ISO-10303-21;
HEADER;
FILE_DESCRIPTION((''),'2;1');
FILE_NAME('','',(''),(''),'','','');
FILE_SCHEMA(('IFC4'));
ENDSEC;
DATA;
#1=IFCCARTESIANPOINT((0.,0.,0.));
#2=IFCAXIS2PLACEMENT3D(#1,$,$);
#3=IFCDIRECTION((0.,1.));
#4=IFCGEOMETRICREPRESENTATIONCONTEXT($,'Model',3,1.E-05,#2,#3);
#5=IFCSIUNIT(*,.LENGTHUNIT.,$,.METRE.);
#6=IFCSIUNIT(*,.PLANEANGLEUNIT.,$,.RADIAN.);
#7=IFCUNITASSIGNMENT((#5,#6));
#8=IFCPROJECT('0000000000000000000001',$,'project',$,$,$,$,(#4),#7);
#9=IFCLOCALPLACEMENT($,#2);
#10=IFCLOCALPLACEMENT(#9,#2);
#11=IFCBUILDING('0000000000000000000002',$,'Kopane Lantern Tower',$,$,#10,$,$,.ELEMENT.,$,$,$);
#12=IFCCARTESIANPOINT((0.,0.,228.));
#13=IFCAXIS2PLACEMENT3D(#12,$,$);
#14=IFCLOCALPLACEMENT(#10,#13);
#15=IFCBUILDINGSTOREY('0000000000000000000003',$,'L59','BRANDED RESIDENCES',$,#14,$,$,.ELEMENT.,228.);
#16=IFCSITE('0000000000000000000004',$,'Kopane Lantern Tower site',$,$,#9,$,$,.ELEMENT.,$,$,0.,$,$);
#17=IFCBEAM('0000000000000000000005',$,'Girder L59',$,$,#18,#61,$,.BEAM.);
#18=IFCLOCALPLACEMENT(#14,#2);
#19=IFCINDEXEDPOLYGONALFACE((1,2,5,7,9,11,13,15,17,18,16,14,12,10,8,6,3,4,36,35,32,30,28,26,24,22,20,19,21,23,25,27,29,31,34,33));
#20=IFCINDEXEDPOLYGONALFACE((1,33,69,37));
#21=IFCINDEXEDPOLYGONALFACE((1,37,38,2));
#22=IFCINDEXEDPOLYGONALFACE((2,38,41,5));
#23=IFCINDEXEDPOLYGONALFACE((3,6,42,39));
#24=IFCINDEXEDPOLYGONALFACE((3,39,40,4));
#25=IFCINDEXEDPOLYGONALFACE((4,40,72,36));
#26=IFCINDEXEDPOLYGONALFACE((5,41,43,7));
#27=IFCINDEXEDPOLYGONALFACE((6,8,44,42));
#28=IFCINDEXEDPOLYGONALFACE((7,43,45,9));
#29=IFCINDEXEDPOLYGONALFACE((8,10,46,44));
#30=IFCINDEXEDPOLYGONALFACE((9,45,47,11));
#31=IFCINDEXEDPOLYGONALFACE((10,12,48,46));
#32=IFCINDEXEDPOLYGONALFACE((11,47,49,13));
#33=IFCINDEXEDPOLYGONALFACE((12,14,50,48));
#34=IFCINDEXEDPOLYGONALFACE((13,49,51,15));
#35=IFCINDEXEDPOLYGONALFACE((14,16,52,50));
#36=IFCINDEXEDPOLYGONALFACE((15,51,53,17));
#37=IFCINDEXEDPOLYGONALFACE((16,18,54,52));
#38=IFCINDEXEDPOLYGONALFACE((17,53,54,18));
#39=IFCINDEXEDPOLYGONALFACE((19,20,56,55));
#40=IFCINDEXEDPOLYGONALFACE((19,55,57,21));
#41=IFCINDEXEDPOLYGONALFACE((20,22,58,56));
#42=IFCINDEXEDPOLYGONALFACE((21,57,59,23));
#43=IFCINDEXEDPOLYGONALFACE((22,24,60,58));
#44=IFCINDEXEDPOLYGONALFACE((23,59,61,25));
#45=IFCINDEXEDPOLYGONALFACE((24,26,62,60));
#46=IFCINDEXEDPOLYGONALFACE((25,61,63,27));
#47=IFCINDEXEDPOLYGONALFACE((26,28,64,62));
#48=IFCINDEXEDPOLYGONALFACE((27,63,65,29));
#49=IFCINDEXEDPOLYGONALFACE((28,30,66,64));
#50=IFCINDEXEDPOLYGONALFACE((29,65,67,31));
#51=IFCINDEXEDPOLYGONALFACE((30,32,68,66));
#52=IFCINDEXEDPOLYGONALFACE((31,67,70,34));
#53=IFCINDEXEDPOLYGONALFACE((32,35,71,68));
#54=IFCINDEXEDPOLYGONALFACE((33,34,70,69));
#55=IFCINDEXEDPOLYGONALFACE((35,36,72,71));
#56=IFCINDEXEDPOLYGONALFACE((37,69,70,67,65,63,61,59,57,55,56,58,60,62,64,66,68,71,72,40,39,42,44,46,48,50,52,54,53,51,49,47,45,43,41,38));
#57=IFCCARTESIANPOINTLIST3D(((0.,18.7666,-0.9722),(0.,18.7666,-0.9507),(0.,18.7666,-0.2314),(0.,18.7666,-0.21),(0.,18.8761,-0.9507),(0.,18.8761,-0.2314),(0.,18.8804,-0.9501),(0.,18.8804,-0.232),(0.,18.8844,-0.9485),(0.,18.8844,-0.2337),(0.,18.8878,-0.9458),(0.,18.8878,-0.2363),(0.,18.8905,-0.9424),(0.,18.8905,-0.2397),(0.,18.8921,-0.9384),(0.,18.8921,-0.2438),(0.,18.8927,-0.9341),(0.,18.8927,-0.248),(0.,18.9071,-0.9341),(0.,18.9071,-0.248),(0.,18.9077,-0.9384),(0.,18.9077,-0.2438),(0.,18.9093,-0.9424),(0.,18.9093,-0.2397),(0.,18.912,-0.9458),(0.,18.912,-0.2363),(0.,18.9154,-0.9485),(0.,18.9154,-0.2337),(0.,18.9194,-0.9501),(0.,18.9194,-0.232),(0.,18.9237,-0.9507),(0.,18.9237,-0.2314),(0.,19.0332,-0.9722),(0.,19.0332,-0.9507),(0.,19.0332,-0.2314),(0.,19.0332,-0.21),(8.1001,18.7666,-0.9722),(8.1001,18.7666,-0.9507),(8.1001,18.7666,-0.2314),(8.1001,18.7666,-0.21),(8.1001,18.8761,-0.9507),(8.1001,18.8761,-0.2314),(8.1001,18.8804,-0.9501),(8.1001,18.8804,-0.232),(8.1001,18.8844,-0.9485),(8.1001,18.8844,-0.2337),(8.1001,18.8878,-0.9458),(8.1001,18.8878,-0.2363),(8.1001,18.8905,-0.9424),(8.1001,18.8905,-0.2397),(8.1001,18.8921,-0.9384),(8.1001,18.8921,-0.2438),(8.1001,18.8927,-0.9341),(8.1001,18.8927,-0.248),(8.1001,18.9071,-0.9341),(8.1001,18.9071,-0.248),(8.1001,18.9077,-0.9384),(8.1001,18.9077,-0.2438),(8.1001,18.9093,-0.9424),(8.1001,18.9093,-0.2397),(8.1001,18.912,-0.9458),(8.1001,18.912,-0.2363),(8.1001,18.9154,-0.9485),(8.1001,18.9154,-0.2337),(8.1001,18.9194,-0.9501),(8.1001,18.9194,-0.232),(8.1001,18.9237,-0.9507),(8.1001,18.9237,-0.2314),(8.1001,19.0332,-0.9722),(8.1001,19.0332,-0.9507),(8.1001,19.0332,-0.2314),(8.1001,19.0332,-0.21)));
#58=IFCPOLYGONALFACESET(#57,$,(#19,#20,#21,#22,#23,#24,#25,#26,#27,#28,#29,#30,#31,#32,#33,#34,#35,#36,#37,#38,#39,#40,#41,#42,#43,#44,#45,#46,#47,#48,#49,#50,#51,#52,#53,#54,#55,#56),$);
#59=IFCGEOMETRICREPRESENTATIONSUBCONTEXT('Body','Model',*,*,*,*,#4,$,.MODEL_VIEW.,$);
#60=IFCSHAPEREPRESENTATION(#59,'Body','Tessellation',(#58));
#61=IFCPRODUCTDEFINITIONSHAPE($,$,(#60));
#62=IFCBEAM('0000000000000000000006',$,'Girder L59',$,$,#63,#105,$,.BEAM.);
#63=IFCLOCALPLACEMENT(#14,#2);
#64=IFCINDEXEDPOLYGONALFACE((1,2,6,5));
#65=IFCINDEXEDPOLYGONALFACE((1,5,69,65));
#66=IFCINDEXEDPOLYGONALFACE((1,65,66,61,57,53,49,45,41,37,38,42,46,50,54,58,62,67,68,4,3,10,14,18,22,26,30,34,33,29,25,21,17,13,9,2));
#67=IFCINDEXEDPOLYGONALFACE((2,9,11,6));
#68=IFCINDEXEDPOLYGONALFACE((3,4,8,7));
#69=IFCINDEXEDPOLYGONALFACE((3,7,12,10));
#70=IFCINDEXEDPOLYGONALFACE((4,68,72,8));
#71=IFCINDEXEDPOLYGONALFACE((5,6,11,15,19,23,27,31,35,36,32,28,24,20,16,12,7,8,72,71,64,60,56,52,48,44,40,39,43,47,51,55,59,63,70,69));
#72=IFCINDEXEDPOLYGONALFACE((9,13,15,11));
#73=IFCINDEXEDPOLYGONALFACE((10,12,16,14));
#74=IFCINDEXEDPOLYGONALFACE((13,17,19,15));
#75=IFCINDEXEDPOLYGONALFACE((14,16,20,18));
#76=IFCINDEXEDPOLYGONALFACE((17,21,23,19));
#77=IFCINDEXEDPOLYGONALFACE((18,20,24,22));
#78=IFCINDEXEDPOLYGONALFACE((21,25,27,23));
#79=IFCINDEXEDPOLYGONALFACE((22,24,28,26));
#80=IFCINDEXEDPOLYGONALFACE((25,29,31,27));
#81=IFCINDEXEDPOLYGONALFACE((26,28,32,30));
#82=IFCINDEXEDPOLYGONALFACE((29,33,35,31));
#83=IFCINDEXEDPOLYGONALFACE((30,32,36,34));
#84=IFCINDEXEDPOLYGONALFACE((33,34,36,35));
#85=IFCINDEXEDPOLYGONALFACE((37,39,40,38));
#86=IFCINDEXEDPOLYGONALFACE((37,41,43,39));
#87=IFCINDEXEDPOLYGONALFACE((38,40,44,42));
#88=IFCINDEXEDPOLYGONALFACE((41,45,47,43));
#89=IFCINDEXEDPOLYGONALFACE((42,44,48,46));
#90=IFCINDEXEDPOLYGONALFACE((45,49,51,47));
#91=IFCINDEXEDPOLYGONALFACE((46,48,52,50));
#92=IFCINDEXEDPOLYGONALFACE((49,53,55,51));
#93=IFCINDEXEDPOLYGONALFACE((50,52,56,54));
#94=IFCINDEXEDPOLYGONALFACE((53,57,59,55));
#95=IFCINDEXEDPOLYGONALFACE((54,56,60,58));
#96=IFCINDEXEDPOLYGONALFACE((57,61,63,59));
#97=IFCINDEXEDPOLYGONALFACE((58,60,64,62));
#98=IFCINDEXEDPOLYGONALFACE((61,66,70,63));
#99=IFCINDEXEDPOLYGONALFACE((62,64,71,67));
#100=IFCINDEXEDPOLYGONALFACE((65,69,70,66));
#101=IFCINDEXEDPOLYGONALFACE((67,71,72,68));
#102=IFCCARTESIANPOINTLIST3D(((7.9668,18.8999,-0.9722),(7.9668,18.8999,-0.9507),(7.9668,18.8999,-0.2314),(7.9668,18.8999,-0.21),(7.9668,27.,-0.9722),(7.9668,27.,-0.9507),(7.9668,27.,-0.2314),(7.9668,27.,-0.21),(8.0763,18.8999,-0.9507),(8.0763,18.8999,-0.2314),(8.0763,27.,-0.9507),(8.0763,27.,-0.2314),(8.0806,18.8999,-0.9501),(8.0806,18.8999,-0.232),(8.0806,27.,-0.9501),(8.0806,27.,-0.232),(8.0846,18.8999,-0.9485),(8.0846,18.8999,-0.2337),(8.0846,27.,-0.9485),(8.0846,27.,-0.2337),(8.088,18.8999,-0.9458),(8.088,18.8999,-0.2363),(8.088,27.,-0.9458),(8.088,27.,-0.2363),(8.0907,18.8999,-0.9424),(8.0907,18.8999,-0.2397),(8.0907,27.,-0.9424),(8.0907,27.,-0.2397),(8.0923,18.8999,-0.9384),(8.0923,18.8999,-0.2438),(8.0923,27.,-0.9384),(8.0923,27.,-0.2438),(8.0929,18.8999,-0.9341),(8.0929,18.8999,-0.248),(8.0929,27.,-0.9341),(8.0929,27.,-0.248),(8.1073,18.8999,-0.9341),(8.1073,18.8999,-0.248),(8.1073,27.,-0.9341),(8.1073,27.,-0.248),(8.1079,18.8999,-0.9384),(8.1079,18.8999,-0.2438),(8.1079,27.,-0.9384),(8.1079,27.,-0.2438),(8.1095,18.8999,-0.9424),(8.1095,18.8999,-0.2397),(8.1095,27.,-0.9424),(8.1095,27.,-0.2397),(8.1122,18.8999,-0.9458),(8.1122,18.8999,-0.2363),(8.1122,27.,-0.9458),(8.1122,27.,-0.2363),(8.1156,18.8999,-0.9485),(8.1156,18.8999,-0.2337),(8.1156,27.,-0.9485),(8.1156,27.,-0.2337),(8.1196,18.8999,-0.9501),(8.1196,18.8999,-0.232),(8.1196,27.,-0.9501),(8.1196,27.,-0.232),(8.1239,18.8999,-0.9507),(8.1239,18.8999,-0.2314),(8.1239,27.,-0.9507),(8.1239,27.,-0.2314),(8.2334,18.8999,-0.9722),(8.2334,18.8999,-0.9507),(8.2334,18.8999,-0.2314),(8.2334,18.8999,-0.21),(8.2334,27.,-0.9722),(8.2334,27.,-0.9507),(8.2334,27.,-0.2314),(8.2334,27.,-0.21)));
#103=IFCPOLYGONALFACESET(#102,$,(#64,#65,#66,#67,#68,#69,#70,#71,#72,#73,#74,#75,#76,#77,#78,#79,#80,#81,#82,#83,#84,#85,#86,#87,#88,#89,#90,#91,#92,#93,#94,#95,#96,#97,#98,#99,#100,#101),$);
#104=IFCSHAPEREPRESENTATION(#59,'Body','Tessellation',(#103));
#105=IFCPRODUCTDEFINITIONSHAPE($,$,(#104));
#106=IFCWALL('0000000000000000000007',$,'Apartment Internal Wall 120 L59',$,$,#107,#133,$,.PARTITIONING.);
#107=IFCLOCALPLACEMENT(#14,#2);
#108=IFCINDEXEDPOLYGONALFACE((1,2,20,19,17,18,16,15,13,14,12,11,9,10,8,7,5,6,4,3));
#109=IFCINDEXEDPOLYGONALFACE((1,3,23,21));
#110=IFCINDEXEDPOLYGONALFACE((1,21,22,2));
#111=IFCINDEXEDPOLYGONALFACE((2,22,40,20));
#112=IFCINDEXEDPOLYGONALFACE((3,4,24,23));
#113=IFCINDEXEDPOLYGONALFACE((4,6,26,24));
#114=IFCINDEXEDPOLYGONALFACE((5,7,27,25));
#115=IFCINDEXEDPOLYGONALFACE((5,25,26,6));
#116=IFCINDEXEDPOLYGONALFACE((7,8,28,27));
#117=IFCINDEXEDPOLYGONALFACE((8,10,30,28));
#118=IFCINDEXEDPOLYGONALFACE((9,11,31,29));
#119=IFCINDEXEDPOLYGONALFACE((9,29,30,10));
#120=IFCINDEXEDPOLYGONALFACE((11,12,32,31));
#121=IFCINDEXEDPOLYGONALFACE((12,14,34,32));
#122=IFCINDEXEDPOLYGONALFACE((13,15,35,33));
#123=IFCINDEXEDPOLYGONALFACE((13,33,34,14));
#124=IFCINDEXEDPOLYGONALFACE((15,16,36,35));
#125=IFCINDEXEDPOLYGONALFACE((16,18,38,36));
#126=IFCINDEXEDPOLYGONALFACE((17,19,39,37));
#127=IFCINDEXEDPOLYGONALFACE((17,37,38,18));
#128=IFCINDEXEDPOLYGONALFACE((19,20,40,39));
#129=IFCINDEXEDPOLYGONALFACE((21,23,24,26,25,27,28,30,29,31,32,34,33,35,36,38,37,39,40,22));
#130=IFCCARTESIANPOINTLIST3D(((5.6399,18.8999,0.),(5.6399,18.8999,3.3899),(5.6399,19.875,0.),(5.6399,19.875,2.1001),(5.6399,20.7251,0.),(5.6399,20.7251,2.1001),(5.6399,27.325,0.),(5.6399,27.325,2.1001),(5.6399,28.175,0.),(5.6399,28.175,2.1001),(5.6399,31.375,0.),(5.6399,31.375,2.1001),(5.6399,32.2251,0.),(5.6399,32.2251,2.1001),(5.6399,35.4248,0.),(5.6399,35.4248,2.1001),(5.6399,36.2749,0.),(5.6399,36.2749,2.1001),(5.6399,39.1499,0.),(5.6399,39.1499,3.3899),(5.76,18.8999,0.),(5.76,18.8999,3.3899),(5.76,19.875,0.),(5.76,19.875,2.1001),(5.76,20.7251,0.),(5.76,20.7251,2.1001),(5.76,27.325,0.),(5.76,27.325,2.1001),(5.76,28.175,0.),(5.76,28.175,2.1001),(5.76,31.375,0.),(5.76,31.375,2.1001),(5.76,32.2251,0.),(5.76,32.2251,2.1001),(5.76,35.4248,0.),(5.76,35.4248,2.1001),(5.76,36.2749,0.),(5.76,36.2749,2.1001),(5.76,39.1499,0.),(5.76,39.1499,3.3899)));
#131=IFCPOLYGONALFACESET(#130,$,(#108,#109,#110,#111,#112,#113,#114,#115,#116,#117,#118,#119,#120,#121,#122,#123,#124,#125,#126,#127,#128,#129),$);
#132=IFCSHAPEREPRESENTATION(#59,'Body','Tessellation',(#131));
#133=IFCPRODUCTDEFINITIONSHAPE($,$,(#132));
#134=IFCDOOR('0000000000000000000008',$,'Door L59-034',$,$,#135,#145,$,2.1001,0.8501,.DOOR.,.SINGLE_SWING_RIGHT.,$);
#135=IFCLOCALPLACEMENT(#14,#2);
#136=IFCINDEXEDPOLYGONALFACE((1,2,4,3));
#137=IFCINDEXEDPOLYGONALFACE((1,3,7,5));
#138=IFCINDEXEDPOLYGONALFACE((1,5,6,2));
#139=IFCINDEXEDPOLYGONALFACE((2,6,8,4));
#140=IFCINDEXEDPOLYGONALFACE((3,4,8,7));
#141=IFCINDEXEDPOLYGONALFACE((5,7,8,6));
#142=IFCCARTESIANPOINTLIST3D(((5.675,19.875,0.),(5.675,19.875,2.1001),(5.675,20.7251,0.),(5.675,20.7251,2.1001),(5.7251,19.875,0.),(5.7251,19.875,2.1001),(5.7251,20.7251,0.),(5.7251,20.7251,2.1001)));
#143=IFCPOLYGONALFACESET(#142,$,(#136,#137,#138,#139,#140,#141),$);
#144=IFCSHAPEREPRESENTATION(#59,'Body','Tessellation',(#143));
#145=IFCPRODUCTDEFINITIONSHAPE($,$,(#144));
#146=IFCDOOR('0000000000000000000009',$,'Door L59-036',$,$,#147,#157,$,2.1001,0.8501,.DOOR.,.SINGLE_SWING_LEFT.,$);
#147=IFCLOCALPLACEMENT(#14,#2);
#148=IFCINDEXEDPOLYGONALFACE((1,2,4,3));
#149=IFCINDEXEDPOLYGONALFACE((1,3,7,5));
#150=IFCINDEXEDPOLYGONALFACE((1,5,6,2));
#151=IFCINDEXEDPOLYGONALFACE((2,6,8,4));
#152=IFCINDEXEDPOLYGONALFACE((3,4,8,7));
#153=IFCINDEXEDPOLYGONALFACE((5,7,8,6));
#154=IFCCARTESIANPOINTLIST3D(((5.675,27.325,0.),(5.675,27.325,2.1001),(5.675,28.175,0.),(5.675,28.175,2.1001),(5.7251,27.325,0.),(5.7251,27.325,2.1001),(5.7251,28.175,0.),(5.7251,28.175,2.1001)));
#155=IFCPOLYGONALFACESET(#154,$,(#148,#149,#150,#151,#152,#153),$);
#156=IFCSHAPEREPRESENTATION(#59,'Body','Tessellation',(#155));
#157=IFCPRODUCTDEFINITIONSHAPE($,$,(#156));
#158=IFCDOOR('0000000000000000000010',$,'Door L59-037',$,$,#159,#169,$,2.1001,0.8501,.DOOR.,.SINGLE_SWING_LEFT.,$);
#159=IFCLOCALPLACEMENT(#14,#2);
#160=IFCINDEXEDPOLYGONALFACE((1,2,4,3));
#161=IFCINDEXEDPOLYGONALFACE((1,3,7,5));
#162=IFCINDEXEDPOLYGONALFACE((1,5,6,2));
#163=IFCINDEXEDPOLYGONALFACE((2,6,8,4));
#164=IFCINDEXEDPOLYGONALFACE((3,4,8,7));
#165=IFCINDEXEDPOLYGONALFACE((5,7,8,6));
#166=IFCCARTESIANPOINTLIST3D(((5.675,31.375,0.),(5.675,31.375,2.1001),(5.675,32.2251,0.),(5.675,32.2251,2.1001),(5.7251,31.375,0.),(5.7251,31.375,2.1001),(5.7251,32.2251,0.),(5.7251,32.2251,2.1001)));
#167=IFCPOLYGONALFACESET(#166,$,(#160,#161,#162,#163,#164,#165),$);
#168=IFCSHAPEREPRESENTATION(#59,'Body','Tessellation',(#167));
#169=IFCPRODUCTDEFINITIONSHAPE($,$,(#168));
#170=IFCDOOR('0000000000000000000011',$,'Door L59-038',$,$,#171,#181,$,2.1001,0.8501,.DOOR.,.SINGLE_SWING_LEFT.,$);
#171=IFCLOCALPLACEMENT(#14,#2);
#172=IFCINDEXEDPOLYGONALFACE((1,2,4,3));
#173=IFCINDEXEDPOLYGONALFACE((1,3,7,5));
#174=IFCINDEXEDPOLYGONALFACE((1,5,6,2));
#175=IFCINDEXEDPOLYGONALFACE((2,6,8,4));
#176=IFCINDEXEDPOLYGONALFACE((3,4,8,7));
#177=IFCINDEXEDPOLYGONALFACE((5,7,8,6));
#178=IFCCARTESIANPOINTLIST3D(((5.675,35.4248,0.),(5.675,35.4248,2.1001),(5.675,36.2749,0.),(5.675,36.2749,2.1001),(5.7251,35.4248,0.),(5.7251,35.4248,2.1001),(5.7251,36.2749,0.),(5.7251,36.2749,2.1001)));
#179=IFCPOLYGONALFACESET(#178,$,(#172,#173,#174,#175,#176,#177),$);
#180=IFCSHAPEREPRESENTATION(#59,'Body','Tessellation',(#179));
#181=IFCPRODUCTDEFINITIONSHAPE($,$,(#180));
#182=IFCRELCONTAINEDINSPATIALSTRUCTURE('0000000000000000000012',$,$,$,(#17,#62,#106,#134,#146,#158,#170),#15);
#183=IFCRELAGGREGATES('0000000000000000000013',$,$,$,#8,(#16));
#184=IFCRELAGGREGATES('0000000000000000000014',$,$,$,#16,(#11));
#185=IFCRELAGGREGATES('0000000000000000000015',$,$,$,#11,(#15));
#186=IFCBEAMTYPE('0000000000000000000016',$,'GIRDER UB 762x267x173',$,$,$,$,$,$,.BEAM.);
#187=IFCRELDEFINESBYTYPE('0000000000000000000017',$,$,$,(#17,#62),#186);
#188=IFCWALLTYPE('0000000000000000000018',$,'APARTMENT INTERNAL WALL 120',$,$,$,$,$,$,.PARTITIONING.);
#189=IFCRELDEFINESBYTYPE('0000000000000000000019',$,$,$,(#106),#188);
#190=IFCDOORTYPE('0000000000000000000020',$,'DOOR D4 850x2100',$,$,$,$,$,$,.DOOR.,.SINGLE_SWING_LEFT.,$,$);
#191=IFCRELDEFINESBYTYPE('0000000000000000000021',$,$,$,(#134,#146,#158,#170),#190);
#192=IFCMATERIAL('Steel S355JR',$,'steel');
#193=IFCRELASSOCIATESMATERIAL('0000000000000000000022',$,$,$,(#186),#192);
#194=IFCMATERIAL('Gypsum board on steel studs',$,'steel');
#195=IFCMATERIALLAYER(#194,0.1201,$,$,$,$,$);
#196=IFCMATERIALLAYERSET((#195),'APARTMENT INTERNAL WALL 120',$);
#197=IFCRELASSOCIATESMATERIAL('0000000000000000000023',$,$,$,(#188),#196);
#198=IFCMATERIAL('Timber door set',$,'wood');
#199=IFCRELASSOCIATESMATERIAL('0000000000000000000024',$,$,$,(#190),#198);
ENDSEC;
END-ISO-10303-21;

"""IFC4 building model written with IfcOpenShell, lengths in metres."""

from ifc_helpers import new_model, si_unit, direction, frame, frame_2d, origin, origin_2d, place, context, subcontext, project, spatial, rectangle, i_section, extrude, material, layer, layer_set, material_profile, profile_set, type_object, element, fill, save


model = new_model("IFC4")

# Units and contexts
model_context = context("Model", 3, precision=1e-05, world=origin(), true_north=direction((0.0, 1.0)))
body_context = subcontext(model_context, "Body", "Model", "MODEL_VIEW")
ifc_project = project(units=[si_unit("LENGTHUNIT", "METRE"), si_unit("PLANEANGLEUNIT", "RADIAN")], contexts=[model_context])

# Site, building, storey
site_placement = place(None, origin())
site = spatial("IfcSite", under=ifc_project, at=site_placement, Name="Kopane Lantern Tower site", CompositionType="ELEMENT", RefElevation=0.0)
building_placement = place(site_placement, origin())
building = spatial("IfcBuilding", under=site, at=building_placement, Name="Kopane Lantern Tower", CompositionType="ELEMENT")
storey_placement = place(building_placement, frame((0.0, 0.0, 228.0)))
storey = spatial("IfcBuildingStorey", under=building, at=storey_placement, Name="L59", Description="BRANDED RESIDENCES", CompositionType="ELEMENT", Elevation=228.0)

# Beams
ifc_material_1 = material(Name="Steel S355JR", Category="steel")
ifc_material_profile_1 = material_profile(ifc_material_1, i_section(OverallWidth=0.2666, OverallDepth=0.7622, WebThickness=0.0144, FlangeThickness=0.0215, FilletRadius=0.0166, at=origin_2d()), Name="UB 762x267x173")
ifc_profile_set_1 = profile_set([ifc_material_profile_1], Name="Steel S355JR")
beam_type_1 = type_object("IfcBeamType", Name="GIRDER UB 762x267x173", PredefinedType="BEAM", material=ifc_profile_set_1)
for number, where, z_axis, x_axis, name in (
    (1, (0.0, 18.8999, -0.5911), (1.0, 0.0, 0.0), (0.0, 1.0, 0.0), "Girder L59"),
    (2, (8.1001, 18.8999, -0.5911), (0.0, 1.0, 0.0), (-1.0, 0.0, 0.0), "Girder L59"),
):
    element("IfcBeam", number, at=place(storey_placement, frame(where, z_axis=z_axis, x_axis=x_axis)), inside=storey, type_object=beam_type_1, Name=name, PredefinedType="BEAM", context=body_context, shape_type="SweptSolid", body=[
        extrude(i_section(OverallWidth=0.2666, OverallDepth=0.7622, WebThickness=0.0144, FlangeThickness=0.0215, FilletRadius=0.0166, at=origin_2d()), origin(), (0.0, 0.0, 1.0), 8.1001),
    ])

# Wall, openings, doors
ifc_material_2 = material(Name="Gypsum board on steel studs", Category="steel")
ifc_layer_1 = layer(ifc_material_2, 0.1201)
ifc_layer_set_1 = layer_set([ifc_layer_1], Name="APARTMENT INTERNAL WALL 120")
wall_type_1 = type_object("IfcWallType", Name="APARTMENT INTERNAL WALL 120", PredefinedType="PARTITIONING", material=ifc_layer_set_1)
wall_1_placement = place(storey_placement, frame((5.7, 18.8999, 0.0), z_axis=(0.0, 0.0, 1.0), x_axis=(0.0, 1.0, 0.0)))
wall_1 = element("IfcWall", 3, at=wall_1_placement, inside=storey, type_object=wall_type_1, Name="Apartment Internal Wall 120 L59", PredefinedType="PARTITIONING", context=body_context, shape_type="SweptSolid", body=[
    extrude(rectangle(XDim=20.25, YDim=0.1201, at=frame_2d((10.125, 0.0))), origin(), (0.0, 0.0, 1.0), 3.3899),
])
opening_1_placement = place(wall_1_placement, frame((0.9751, 0.0, 0.0)))
opening_1 = element("IfcOpeningElement", 4, at=opening_1_placement, cuts=wall_1, PredefinedType="OPENING", context=body_context, shape_type="SweptSolid", body=[
    extrude(rectangle(XDim=0.8501, YDim=2.1001, at=frame_2d((0.425, 1.05))), frame((0.0, 0.0701, 0.0), z_axis=(0.0, -1.0, 0.0), x_axis=(1.0, 0.0, 0.0)), (0.0, 0.0, 1.0), 0.1401),
])
opening_2_placement = place(wall_1_placement, frame((8.425, 0.0, 0.0)))
opening_2 = element("IfcOpeningElement", 5, at=opening_2_placement, cuts=wall_1, PredefinedType="OPENING", context=body_context, shape_type="SweptSolid", body=[
    extrude(rectangle(XDim=0.8501, YDim=2.1001, at=frame_2d((0.425, 1.05))), frame((0.0, 0.0701, 0.0), z_axis=(0.0, -1.0, 0.0), x_axis=(1.0, 0.0, 0.0)), (0.0, 0.0, 1.0), 0.1401),
])
opening_3_placement = place(wall_1_placement, frame((12.4751, 0.0, 0.0)))
opening_3 = element("IfcOpeningElement", 6, at=opening_3_placement, cuts=wall_1, PredefinedType="OPENING", context=body_context, shape_type="SweptSolid", body=[
    extrude(rectangle(XDim=0.8501, YDim=2.1001, at=frame_2d((0.425, 1.05))), frame((0.0, 0.0701, 0.0), z_axis=(0.0, -1.0, 0.0), x_axis=(1.0, 0.0, 0.0)), (0.0, 0.0, 1.0), 0.1401),
])
opening_4_placement = place(wall_1_placement, frame((16.5249, 0.0, 0.0)))
opening_4 = element("IfcOpeningElement", 7, at=opening_4_placement, cuts=wall_1, PredefinedType="OPENING", context=body_context, shape_type="SweptSolid", body=[
    extrude(rectangle(XDim=0.8501, YDim=2.1001, at=frame_2d((0.425, 1.05))), frame((0.0, 0.0701, 0.0), z_axis=(0.0, -1.0, 0.0), x_axis=(1.0, 0.0, 0.0)), (0.0, 0.0, 1.0), 0.1401),
])
ifc_material_3 = material(Name="Timber door set", Category="wood")
door_type = type_object("IfcDoorType", Name="DOOR D4 850x2100", OperationType="SINGLE_SWING_LEFT", PredefinedType="DOOR", material=ifc_material_3)
door_1_placement = place(opening_1_placement, origin())
door_1 = element("IfcDoor", 8, at=door_1_placement, inside=storey, type_object=door_type, Name="Door L59-034", OperationType="SINGLE_SWING_RIGHT", OverallHeight=2.1001, OverallWidth=0.8501, PredefinedType="DOOR", context=body_context, shape_type="SweptSolid", body=[
    extrude(rectangle(XDim=0.8501, YDim=2.1001, at=frame_2d((0.425, 1.05))), frame((0.0, 0.0249, 0.0), z_axis=(0.0, -1.0, 0.0), x_axis=(1.0, 0.0, 0.0)), (0.0, 0.0, 1.0), 0.05),
])
fill(opening_1, door_1)
door_2_placement = place(opening_2_placement, origin())
door_2 = element("IfcDoor", 9, at=door_2_placement, inside=storey, type_object=door_type, Name="Door L59-036", OperationType="SINGLE_SWING_LEFT", OverallHeight=2.1001, OverallWidth=0.8501, PredefinedType="DOOR", context=body_context, shape_type="SweptSolid", body=[
    extrude(rectangle(XDim=0.8501, YDim=2.1001, at=frame_2d((0.425, 1.05))), frame((0.0, 0.0249, 0.0), z_axis=(0.0, -1.0, 0.0), x_axis=(1.0, 0.0, 0.0)), (0.0, 0.0, 1.0), 0.05),
])
fill(opening_2, door_2)
door_3_placement = place(opening_3_placement, origin())
door_3 = element("IfcDoor", 10, at=door_3_placement, inside=storey, type_object=door_type, Name="Door L59-037", OperationType="SINGLE_SWING_LEFT", OverallHeight=2.1001, OverallWidth=0.8501, PredefinedType="DOOR", context=body_context, shape_type="SweptSolid", body=[
    extrude(rectangle(XDim=0.8501, YDim=2.1001, at=frame_2d((0.425, 1.05))), frame((0.0, 0.0249, 0.0), z_axis=(0.0, -1.0, 0.0), x_axis=(1.0, 0.0, 0.0)), (0.0, 0.0, 1.0), 0.05),
])
fill(opening_3, door_3)
door_4_placement = place(opening_4_placement, origin())
door_4 = element("IfcDoor", 11, at=door_4_placement, inside=storey, type_object=door_type, Name="Door L59-038", OperationType="SINGLE_SWING_LEFT", OverallHeight=2.1001, OverallWidth=0.8501, PredefinedType="DOOR", context=body_context, shape_type="SweptSolid", body=[
    extrude(rectangle(XDim=0.8501, YDim=2.1001, at=frame_2d((0.425, 1.05))), frame((0.0, 0.0249, 0.0), z_axis=(0.0, -1.0, 0.0), x_axis=(1.0, 0.0, 0.0)), (0.0, 0.0, 1.0), 0.05),
])
fill(opening_4, door_4)

save(model, "model.ifc")
